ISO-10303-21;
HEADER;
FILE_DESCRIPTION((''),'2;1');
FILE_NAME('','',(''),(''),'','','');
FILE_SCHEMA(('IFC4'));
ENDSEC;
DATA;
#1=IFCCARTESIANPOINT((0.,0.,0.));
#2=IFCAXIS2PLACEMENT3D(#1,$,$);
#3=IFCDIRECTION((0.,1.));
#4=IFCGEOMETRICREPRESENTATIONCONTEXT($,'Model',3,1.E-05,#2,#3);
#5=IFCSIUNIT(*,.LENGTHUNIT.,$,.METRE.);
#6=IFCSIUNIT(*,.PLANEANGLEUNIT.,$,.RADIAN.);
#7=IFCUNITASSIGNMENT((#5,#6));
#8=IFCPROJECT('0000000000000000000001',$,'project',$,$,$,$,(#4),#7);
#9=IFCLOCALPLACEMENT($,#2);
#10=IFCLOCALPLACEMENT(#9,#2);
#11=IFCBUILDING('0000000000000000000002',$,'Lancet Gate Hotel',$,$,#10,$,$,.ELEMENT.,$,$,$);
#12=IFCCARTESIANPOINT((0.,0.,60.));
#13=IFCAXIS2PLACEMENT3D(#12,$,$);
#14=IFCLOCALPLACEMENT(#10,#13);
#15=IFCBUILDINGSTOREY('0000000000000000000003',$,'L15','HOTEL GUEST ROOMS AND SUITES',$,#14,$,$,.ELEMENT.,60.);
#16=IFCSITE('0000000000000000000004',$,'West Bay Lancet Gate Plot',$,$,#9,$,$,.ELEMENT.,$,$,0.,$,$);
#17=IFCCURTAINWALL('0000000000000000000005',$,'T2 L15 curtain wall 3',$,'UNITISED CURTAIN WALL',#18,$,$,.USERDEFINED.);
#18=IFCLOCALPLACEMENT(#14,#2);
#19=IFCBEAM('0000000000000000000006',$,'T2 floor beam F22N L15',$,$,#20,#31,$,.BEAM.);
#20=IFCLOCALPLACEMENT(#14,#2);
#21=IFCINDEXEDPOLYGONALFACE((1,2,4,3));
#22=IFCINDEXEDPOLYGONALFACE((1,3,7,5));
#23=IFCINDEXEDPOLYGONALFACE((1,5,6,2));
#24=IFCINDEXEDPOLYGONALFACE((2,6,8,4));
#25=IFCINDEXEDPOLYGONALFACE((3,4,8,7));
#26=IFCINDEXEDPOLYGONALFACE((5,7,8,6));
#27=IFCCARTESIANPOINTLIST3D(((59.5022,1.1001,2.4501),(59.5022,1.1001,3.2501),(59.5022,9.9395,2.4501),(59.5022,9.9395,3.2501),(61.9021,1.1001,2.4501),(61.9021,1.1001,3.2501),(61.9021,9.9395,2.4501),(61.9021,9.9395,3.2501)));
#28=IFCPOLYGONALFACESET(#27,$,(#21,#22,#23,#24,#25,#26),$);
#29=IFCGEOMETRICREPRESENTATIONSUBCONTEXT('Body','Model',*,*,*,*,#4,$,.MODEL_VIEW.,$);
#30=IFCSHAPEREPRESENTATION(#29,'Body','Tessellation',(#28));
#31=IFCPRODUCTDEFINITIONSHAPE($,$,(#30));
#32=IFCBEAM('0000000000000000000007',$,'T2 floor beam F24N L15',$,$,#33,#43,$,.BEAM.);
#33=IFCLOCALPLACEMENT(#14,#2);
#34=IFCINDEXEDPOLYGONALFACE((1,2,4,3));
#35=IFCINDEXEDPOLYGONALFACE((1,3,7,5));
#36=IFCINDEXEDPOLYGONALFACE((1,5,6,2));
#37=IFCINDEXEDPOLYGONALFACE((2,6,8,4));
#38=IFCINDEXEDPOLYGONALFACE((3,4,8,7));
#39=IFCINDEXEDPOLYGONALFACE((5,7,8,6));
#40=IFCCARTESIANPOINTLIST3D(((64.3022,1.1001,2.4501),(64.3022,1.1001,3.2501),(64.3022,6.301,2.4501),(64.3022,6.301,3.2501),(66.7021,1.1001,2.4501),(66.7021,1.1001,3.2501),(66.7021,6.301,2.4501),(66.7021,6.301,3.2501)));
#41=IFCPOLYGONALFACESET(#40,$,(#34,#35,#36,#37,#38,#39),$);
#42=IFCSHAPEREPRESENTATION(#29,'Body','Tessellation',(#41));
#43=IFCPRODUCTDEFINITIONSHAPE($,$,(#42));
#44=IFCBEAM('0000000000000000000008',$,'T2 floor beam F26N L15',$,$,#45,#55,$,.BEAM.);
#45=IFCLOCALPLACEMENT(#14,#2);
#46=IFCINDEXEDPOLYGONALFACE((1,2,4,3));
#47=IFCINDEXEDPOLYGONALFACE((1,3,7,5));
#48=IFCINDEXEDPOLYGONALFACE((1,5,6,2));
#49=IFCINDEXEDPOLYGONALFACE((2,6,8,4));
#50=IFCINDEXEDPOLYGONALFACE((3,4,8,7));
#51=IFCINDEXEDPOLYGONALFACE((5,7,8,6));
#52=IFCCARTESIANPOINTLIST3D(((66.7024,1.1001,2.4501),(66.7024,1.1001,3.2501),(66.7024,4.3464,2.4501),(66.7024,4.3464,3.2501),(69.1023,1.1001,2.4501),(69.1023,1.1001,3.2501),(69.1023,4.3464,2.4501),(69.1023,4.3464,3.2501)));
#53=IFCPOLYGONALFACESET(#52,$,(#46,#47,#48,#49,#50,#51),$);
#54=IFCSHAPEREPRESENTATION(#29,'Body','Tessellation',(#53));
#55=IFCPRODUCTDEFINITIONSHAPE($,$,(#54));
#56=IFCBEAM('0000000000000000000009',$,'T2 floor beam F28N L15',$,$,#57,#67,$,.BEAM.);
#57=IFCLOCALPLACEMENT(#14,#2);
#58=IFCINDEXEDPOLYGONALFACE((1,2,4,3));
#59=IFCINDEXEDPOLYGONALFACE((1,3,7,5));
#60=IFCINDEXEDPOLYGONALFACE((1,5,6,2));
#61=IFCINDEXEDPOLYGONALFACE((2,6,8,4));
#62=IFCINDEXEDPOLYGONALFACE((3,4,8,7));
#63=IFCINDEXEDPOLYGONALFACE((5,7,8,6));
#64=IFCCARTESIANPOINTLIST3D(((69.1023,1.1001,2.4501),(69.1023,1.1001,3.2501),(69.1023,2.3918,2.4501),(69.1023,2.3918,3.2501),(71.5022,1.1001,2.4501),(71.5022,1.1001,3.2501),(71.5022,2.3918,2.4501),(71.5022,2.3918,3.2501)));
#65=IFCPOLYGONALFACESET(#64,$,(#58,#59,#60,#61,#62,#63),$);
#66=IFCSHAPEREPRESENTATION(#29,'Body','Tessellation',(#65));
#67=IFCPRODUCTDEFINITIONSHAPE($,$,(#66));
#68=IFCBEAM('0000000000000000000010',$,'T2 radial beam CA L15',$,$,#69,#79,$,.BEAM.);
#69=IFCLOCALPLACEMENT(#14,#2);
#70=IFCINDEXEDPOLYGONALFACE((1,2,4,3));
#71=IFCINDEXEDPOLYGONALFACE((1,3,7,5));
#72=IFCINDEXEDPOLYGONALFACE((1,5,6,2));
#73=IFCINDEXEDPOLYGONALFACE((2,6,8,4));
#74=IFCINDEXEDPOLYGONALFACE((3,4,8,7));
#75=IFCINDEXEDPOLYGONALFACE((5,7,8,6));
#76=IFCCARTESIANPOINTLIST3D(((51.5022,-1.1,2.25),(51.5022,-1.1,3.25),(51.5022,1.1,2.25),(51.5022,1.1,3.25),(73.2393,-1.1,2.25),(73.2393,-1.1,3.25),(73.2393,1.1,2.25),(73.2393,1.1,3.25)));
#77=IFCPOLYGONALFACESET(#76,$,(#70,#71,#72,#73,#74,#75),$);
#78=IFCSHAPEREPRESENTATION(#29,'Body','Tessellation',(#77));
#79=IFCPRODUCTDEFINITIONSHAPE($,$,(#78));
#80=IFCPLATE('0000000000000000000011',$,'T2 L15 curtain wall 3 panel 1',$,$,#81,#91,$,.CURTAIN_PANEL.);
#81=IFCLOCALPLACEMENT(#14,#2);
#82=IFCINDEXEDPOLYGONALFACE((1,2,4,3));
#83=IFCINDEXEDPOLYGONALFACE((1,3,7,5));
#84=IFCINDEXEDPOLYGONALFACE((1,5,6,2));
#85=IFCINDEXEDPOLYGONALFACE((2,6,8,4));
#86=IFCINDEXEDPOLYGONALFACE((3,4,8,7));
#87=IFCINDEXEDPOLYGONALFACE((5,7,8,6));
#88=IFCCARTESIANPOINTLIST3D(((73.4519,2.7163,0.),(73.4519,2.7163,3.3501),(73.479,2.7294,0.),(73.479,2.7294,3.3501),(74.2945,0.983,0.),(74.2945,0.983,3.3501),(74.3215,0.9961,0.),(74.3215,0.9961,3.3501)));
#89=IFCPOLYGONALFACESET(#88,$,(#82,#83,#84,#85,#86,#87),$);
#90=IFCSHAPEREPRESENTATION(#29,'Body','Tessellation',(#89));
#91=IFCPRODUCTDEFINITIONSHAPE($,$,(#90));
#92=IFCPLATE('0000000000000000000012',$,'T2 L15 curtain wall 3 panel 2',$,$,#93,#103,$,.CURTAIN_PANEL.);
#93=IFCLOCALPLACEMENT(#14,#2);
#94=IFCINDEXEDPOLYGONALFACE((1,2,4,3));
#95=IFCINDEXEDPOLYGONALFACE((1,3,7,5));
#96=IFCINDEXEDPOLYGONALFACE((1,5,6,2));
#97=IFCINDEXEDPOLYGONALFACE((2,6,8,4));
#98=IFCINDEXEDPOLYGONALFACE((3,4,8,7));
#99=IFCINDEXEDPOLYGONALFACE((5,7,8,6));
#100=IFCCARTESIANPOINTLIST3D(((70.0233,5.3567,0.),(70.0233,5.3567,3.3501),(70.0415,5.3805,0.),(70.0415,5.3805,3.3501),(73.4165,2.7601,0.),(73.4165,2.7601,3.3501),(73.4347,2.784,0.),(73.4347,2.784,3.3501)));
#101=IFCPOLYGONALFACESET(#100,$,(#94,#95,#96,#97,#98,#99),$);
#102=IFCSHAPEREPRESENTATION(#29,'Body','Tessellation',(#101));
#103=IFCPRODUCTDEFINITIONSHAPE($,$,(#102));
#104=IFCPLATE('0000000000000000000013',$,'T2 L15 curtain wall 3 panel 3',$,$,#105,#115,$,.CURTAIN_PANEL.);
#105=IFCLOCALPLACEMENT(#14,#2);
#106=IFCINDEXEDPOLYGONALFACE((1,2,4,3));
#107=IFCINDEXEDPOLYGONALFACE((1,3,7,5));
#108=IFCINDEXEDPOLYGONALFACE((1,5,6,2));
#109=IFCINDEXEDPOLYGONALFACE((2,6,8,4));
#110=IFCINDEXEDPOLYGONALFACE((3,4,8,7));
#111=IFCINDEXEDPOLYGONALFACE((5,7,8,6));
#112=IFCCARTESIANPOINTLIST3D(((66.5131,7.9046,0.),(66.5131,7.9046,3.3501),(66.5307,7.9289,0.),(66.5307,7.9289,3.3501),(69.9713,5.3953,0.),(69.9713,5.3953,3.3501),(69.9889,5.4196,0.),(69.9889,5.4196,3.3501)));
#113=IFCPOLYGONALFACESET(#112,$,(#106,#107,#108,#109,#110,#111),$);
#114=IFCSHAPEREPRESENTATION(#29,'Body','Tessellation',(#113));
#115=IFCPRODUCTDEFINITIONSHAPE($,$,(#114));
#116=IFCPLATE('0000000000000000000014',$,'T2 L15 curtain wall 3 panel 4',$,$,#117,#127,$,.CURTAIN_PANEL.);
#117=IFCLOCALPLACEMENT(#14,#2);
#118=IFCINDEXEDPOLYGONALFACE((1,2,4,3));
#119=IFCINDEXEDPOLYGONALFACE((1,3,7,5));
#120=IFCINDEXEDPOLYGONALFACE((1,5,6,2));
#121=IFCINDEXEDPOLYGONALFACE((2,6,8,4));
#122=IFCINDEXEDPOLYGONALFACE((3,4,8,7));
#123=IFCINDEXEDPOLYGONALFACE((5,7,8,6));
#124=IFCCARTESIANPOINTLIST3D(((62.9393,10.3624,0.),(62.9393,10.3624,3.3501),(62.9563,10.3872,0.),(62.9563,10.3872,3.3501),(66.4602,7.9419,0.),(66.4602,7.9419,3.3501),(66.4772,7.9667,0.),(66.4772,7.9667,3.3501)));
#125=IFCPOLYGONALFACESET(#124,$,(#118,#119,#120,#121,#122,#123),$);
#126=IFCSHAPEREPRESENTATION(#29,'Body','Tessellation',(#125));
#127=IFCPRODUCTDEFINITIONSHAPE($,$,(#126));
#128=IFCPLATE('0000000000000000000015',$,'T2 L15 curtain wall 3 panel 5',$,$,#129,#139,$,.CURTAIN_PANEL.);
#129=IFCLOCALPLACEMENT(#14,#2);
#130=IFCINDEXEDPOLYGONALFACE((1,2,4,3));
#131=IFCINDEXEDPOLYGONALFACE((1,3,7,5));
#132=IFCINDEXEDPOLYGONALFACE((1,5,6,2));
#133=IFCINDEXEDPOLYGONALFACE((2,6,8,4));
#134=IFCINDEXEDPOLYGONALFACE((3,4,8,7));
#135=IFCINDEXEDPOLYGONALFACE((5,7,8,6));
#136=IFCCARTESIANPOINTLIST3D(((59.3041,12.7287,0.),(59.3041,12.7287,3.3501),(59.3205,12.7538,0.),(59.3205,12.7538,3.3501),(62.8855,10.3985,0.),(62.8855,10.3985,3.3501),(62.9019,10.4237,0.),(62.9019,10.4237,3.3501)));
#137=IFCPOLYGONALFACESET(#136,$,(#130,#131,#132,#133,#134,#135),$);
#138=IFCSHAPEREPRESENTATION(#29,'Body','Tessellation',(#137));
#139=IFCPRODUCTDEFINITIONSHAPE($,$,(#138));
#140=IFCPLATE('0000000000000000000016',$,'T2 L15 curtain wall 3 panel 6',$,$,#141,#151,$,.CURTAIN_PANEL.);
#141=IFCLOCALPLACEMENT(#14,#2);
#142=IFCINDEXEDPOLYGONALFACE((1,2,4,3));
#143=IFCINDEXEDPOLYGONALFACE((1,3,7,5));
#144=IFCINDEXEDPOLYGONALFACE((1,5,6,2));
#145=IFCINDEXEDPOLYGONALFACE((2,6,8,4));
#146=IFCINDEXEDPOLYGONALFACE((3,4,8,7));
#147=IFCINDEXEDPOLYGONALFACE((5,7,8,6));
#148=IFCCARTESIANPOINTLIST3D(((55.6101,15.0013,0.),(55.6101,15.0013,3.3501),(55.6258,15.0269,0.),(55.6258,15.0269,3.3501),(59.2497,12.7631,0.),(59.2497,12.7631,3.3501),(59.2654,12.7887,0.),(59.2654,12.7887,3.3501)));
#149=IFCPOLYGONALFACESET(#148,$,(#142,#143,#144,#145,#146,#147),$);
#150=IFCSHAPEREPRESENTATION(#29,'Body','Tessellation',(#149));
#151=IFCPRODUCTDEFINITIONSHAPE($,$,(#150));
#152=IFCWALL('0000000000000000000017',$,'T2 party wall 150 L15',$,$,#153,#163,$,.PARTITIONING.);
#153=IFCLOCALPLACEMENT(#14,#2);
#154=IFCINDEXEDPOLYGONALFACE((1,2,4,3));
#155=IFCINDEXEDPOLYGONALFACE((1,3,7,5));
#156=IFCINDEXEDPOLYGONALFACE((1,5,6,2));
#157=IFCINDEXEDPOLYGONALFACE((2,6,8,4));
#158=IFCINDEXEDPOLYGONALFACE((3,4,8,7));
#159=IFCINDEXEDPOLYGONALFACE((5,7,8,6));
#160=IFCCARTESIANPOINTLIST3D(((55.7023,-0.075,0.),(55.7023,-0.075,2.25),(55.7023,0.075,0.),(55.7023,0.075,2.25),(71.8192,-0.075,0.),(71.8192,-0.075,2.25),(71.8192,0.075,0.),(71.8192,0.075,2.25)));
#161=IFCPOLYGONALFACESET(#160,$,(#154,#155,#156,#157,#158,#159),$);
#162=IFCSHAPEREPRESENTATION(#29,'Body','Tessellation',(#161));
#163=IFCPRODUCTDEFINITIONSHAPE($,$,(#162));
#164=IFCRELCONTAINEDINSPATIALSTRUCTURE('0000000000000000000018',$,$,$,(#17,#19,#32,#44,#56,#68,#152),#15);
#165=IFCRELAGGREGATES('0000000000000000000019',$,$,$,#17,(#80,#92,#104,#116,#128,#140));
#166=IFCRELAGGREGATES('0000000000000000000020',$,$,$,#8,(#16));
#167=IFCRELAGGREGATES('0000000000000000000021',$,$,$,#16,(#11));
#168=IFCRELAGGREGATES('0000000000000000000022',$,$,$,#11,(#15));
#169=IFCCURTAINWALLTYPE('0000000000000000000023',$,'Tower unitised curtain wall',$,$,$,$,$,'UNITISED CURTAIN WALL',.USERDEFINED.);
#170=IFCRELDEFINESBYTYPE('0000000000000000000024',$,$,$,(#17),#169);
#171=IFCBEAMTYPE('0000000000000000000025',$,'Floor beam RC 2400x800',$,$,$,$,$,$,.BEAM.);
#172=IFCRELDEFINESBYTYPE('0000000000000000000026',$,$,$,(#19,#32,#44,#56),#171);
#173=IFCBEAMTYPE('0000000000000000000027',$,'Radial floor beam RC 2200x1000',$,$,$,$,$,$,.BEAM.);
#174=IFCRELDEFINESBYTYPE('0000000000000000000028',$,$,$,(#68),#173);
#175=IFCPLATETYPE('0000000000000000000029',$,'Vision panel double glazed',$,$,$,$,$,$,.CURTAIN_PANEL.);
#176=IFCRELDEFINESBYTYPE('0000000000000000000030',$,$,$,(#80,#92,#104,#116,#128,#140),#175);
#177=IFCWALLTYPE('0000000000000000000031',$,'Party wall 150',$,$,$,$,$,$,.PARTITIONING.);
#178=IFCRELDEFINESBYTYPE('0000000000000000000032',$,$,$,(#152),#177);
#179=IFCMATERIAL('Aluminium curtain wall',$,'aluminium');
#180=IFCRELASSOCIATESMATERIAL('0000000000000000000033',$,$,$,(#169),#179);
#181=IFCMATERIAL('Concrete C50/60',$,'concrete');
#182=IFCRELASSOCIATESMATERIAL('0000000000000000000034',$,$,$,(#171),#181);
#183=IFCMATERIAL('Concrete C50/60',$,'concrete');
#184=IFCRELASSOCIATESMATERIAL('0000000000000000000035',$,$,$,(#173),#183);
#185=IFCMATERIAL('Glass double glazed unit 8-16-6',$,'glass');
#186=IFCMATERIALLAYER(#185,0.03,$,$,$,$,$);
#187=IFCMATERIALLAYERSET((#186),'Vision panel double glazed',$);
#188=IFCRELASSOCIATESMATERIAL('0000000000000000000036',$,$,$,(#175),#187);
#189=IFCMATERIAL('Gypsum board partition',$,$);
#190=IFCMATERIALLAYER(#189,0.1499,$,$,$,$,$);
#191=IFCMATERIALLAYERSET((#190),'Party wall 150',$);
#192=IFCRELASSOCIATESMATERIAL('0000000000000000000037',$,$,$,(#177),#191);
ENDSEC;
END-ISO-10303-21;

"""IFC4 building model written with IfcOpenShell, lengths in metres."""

from ifc_helpers import new_model, si_unit, direction, frame, frame_2d, origin, origin_2d, place, context, subcontext, project, spatial, rectangle, extrude, material, layer, layer_set, material_profile, profile_set, type_object, element, aggregate, save


model = new_model("IFC4")

# Units and contexts
model_context = context("Model", 3, precision=1e-05, world=origin(), true_north=direction((0.0, 1.0)))
body_context = subcontext(model_context, "Body", "Model", "MODEL_VIEW")
ifc_project = project(units=[si_unit("LENGTHUNIT", "METRE"), si_unit("PLANEANGLEUNIT", "RADIAN")], contexts=[model_context])

# Site, building, storey
site_placement = place(None, origin())
site = spatial("IfcSite", under=ifc_project, at=site_placement, Name="West Bay Lancet Gate Plot", CompositionType="ELEMENT", RefElevation=0.0)
building_placement = place(site_placement, origin())
building = spatial("IfcBuilding", under=site, at=building_placement, Name="Lancet Gate Hotel", CompositionType="ELEMENT")
storey_placement = place(building_placement, frame((0.0, 0.0, 60.0)))
storey = spatial("IfcBuildingStorey", under=building, at=storey_placement, Name="L15", Description="HOTEL GUEST ROOMS AND SUITES", CompositionType="ELEMENT", Elevation=60.0)

# Curtain wall
ifc_material_1 = material(Name="Aluminium curtain wall", Category="aluminium")
curtain_wall_type = type_object("IfcCurtainWallType", Name="Tower unitised curtain wall", ElementType="UNITISED CURTAIN WALL", PredefinedType="USERDEFINED", material=ifc_material_1)
curtain_wall_placement = place(storey_placement, origin())
curtain_wall = element("IfcCurtainWall", 1, at=curtain_wall_placement, inside=storey, type_object=curtain_wall_type, Name="T2 L15 curtain wall 3", ObjectType="UNITISED CURTAIN WALL", PredefinedType="USERDEFINED")

# Beams
ifc_material_2 = material(Name="Concrete C50/60", Category="concrete")
ifc_material_profile_1 = material_profile(ifc_material_2, rectangle(XDim=2.3999, YDim=0.8, at=origin_2d()), Name="RC 2400x800")
ifc_profile_set_1 = profile_set([ifc_material_profile_1], Name="Concrete C50/60")
beam_type_1 = type_object("IfcBeamType", Name="Floor beam RC 2400x800", PredefinedType="BEAM", material=ifc_profile_set_1)
beam_1_placement = place(storey_placement, frame((60.7021, 1.1001, 2.8501), z_axis=(0.0, 1.0, 0.0), x_axis=(-1.0, 0.0, 0.0)))
element("IfcBeam", 2, at=beam_1_placement, inside=storey, type_object=beam_type_1, Name="T2 floor beam F22N L15", PredefinedType="BEAM", context=body_context, shape_type="SweptSolid", body=[
    extrude(rectangle(XDim=2.3999, YDim=0.8, at=origin_2d()), origin(), (0.0, 0.0, 1.0), 8.8394),
])
beam_2_placement = place(storey_placement, frame((65.5022, 1.1001, 2.8501), z_axis=(0.0, 1.0, 0.0), x_axis=(-1.0, 0.0, 0.0)))
element("IfcBeam", 3, at=beam_2_placement, inside=storey, type_object=beam_type_1, Name="T2 floor beam F24N L15", PredefinedType="BEAM", context=body_context, shape_type="SweptSolid", body=[
    extrude(rectangle(XDim=2.3999, YDim=0.8, at=origin_2d()), origin(), (0.0, 0.0, 1.0), 5.2009),
])
beam_3_placement = place(storey_placement, frame((67.9023, 1.1001, 2.8501), z_axis=(0.0, 1.0, 0.0), x_axis=(-1.0, 0.0, 0.0)))
element("IfcBeam", 4, at=beam_3_placement, inside=storey, type_object=beam_type_1, Name="T2 floor beam F26N L15", PredefinedType="BEAM", context=body_context, shape_type="SweptSolid", body=[
    extrude(rectangle(XDim=2.3999, YDim=0.8, at=origin_2d()), origin(), (0.0, 0.0, 1.0), 3.2463),
])
beam_4_placement = place(storey_placement, frame((70.3022, 1.1001, 2.8501), z_axis=(0.0, 1.0, 0.0), x_axis=(-1.0, 0.0, 0.0)))
element("IfcBeam", 5, at=beam_4_placement, inside=storey, type_object=beam_type_1, Name="T2 floor beam F28N L15", PredefinedType="BEAM", context=body_context, shape_type="SweptSolid", body=[
    extrude(rectangle(XDim=2.3999, YDim=0.8, at=origin_2d()), origin(), (0.0, 0.0, 1.0), 1.2917),
])
ifc_material_3 = material(Name="Concrete C50/60", Category="concrete")
ifc_material_profile_2 = material_profile(ifc_material_3, rectangle(XDim=2.2, YDim=1.0, at=origin_2d()), Name="RC 2200x1000")
ifc_profile_set_2 = profile_set([ifc_material_profile_2], Name="Concrete C50/60")
beam_type_2 = type_object("IfcBeamType", Name="Radial floor beam RC 2200x1000", PredefinedType="BEAM", material=ifc_profile_set_2)
beam_5_placement = place(storey_placement, frame((73.2393, 0.0, 2.75), z_axis=(-1.0, 0.0, 0.0), x_axis=(0.0, -1.0, 0.0)))
element("IfcBeam", 6, at=beam_5_placement, inside=storey, type_object=beam_type_2, Name="T2 radial beam CA L15", PredefinedType="BEAM", context=body_context, shape_type="SweptSolid", body=[
    extrude(rectangle(XDim=2.2, YDim=1.0, at=origin_2d()), origin(), (0.0, 0.0, 1.0), 21.7371),
])

# Plates
ifc_material_4 = material(Name="Glass double glazed unit 8-16-6", Category="glass")
ifc_layer_1 = layer(ifc_material_4, 0.03)
ifc_layer_set_1 = layer_set([ifc_layer_1], Name="Vision panel double glazed")
plate_type = type_object("IfcPlateType", Name="Vision panel double glazed", PredefinedType="CURTAIN_PANEL", material=ifc_layer_set_1)
plate_1_placement = place(storey_placement, frame((73.8867, 1.8562, 0.0), z_axis=(0.0, 0.0, 1.0), x_axis=(-0.437169, 0.899379, 0.0)))
plate_1 = element("IfcPlate", 7, at=plate_1_placement, type_object=plate_type, Name="T2 L15 curtain wall 3 panel 1", PredefinedType="CURTAIN_PANEL", context=body_context, shape_type="SweptSolid", body=[
    extrude(rectangle(XDim=1.9272, YDim=0.03, at=origin_2d()), origin(), (0.0, 0.0, 1.0), 3.3501),
])
plate_2_placement = place(storey_placement, frame((71.729, 4.0703, 0.0), z_axis=(0.0, 0.0, 1.0), x_axis=(-0.79416, 0.607709, 0.0)))
plate_2 = element("IfcPlate", 8, at=plate_2_placement, type_object=plate_type, Name="T2 L15 curtain wall 3 panel 2", PredefinedType="CURTAIN_PANEL", context=body_context, shape_type="SweptSolid", body=[
    extrude(rectangle(XDim=4.2727, YDim=0.03, at=origin_2d()), origin(), (0.0, 0.0, 1.0), 3.3501),
])
plate_3_placement = place(storey_placement, frame((68.251, 6.6621, 0.0), z_axis=(0.0, 0.0, 1.0), x_axis=(-0.80937, 0.587299, 0.0)))
plate_3 = element("IfcPlate", 9, at=plate_3_placement, type_object=plate_type, Name="T2 L15 curtain wall 3 panel 3", PredefinedType="CURTAIN_PANEL", context=body_context, shape_type="SweptSolid", body=[
    extrude(rectangle(XDim=4.2727, YDim=0.03, at=origin_2d()), origin(), (0.0, 0.0, 1.0), 3.3501),
])
plate_4_placement = place(storey_placement, frame((64.7083, 9.1646, 0.0), z_axis=(0.0, 0.0, 1.0), x_axis=(-0.824055, 0.566509, 0.0)))
plate_4 = element("IfcPlate", 10, at=plate_4_placement, type_object=plate_type, Name="T2 L15 curtain wall 3 panel 4", PredefinedType="CURTAIN_PANEL", context=body_context, shape_type="SweptSolid", body=[
    extrude(rectangle(XDim=4.2727, YDim=0.03, at=origin_2d()), origin(), (0.0, 0.0, 1.0), 3.3501),
])
plate_5_placement = place(storey_placement, frame((61.103, 11.5762, 0.0), z_axis=(0.0, 0.0, 1.0), x_axis=(-0.838207, 0.545353, 0.0)))
plate_5 = element("IfcPlate", 11, at=plate_5_placement, type_object=plate_type, Name="T2 L15 curtain wall 3 panel 5", PredefinedType="CURTAIN_PANEL", context=body_context, shape_type="SweptSolid", body=[
    extrude(rectangle(XDim=4.2727, YDim=0.03, at=origin_2d()), origin(), (0.0, 0.0, 1.0), 3.3501),
])
plate_6_placement = place(storey_placement, frame((57.4377, 13.895, 0.0), z_axis=(0.0, 0.0, 1.0), x_axis=(-0.851815, 0.523842, 0.0)))
plate_6 = element("IfcPlate", 12, at=plate_6_placement, type_object=plate_type, Name="T2 L15 curtain wall 3 panel 6", PredefinedType="CURTAIN_PANEL", context=body_context, shape_type="SweptSolid", body=[
    extrude(rectangle(XDim=4.2727, YDim=0.03, at=origin_2d()), origin(), (0.0, 0.0, 1.0), 3.3501),
])
aggregate(curtain_wall, [plate_1, plate_2, plate_3, plate_4, plate_5, plate_6])

# Wall
ifc_material_5 = material(Name="Gypsum board partition")
ifc_layer_2 = layer(ifc_material_5, 0.1499)
ifc_layer_set_2 = layer_set([ifc_layer_2], Name="Party wall 150")
wall_type = type_object("IfcWallType", Name="Party wall 150", PredefinedType="PARTITIONING", material=ifc_layer_set_2)
wall_placement = place(storey_placement, frame((55.7021, 0.0, 0.0), z_axis=(0.0, 0.0, 1.0), x_axis=(1.0, 0.0, 0.0)))
element("IfcWall", 13, at=wall_placement, inside=storey, type_object=wall_type, Name="T2 party wall 150 L15", PredefinedType="PARTITIONING", context=body_context, shape_type="SweptSolid", body=[
    extrude(rectangle(XDim=16.1169, YDim=0.1499, at=frame_2d((8.0586, 0.0))), origin(), (0.0, 0.0, 1.0), 2.25),
])

save(model, "model.ifc")
